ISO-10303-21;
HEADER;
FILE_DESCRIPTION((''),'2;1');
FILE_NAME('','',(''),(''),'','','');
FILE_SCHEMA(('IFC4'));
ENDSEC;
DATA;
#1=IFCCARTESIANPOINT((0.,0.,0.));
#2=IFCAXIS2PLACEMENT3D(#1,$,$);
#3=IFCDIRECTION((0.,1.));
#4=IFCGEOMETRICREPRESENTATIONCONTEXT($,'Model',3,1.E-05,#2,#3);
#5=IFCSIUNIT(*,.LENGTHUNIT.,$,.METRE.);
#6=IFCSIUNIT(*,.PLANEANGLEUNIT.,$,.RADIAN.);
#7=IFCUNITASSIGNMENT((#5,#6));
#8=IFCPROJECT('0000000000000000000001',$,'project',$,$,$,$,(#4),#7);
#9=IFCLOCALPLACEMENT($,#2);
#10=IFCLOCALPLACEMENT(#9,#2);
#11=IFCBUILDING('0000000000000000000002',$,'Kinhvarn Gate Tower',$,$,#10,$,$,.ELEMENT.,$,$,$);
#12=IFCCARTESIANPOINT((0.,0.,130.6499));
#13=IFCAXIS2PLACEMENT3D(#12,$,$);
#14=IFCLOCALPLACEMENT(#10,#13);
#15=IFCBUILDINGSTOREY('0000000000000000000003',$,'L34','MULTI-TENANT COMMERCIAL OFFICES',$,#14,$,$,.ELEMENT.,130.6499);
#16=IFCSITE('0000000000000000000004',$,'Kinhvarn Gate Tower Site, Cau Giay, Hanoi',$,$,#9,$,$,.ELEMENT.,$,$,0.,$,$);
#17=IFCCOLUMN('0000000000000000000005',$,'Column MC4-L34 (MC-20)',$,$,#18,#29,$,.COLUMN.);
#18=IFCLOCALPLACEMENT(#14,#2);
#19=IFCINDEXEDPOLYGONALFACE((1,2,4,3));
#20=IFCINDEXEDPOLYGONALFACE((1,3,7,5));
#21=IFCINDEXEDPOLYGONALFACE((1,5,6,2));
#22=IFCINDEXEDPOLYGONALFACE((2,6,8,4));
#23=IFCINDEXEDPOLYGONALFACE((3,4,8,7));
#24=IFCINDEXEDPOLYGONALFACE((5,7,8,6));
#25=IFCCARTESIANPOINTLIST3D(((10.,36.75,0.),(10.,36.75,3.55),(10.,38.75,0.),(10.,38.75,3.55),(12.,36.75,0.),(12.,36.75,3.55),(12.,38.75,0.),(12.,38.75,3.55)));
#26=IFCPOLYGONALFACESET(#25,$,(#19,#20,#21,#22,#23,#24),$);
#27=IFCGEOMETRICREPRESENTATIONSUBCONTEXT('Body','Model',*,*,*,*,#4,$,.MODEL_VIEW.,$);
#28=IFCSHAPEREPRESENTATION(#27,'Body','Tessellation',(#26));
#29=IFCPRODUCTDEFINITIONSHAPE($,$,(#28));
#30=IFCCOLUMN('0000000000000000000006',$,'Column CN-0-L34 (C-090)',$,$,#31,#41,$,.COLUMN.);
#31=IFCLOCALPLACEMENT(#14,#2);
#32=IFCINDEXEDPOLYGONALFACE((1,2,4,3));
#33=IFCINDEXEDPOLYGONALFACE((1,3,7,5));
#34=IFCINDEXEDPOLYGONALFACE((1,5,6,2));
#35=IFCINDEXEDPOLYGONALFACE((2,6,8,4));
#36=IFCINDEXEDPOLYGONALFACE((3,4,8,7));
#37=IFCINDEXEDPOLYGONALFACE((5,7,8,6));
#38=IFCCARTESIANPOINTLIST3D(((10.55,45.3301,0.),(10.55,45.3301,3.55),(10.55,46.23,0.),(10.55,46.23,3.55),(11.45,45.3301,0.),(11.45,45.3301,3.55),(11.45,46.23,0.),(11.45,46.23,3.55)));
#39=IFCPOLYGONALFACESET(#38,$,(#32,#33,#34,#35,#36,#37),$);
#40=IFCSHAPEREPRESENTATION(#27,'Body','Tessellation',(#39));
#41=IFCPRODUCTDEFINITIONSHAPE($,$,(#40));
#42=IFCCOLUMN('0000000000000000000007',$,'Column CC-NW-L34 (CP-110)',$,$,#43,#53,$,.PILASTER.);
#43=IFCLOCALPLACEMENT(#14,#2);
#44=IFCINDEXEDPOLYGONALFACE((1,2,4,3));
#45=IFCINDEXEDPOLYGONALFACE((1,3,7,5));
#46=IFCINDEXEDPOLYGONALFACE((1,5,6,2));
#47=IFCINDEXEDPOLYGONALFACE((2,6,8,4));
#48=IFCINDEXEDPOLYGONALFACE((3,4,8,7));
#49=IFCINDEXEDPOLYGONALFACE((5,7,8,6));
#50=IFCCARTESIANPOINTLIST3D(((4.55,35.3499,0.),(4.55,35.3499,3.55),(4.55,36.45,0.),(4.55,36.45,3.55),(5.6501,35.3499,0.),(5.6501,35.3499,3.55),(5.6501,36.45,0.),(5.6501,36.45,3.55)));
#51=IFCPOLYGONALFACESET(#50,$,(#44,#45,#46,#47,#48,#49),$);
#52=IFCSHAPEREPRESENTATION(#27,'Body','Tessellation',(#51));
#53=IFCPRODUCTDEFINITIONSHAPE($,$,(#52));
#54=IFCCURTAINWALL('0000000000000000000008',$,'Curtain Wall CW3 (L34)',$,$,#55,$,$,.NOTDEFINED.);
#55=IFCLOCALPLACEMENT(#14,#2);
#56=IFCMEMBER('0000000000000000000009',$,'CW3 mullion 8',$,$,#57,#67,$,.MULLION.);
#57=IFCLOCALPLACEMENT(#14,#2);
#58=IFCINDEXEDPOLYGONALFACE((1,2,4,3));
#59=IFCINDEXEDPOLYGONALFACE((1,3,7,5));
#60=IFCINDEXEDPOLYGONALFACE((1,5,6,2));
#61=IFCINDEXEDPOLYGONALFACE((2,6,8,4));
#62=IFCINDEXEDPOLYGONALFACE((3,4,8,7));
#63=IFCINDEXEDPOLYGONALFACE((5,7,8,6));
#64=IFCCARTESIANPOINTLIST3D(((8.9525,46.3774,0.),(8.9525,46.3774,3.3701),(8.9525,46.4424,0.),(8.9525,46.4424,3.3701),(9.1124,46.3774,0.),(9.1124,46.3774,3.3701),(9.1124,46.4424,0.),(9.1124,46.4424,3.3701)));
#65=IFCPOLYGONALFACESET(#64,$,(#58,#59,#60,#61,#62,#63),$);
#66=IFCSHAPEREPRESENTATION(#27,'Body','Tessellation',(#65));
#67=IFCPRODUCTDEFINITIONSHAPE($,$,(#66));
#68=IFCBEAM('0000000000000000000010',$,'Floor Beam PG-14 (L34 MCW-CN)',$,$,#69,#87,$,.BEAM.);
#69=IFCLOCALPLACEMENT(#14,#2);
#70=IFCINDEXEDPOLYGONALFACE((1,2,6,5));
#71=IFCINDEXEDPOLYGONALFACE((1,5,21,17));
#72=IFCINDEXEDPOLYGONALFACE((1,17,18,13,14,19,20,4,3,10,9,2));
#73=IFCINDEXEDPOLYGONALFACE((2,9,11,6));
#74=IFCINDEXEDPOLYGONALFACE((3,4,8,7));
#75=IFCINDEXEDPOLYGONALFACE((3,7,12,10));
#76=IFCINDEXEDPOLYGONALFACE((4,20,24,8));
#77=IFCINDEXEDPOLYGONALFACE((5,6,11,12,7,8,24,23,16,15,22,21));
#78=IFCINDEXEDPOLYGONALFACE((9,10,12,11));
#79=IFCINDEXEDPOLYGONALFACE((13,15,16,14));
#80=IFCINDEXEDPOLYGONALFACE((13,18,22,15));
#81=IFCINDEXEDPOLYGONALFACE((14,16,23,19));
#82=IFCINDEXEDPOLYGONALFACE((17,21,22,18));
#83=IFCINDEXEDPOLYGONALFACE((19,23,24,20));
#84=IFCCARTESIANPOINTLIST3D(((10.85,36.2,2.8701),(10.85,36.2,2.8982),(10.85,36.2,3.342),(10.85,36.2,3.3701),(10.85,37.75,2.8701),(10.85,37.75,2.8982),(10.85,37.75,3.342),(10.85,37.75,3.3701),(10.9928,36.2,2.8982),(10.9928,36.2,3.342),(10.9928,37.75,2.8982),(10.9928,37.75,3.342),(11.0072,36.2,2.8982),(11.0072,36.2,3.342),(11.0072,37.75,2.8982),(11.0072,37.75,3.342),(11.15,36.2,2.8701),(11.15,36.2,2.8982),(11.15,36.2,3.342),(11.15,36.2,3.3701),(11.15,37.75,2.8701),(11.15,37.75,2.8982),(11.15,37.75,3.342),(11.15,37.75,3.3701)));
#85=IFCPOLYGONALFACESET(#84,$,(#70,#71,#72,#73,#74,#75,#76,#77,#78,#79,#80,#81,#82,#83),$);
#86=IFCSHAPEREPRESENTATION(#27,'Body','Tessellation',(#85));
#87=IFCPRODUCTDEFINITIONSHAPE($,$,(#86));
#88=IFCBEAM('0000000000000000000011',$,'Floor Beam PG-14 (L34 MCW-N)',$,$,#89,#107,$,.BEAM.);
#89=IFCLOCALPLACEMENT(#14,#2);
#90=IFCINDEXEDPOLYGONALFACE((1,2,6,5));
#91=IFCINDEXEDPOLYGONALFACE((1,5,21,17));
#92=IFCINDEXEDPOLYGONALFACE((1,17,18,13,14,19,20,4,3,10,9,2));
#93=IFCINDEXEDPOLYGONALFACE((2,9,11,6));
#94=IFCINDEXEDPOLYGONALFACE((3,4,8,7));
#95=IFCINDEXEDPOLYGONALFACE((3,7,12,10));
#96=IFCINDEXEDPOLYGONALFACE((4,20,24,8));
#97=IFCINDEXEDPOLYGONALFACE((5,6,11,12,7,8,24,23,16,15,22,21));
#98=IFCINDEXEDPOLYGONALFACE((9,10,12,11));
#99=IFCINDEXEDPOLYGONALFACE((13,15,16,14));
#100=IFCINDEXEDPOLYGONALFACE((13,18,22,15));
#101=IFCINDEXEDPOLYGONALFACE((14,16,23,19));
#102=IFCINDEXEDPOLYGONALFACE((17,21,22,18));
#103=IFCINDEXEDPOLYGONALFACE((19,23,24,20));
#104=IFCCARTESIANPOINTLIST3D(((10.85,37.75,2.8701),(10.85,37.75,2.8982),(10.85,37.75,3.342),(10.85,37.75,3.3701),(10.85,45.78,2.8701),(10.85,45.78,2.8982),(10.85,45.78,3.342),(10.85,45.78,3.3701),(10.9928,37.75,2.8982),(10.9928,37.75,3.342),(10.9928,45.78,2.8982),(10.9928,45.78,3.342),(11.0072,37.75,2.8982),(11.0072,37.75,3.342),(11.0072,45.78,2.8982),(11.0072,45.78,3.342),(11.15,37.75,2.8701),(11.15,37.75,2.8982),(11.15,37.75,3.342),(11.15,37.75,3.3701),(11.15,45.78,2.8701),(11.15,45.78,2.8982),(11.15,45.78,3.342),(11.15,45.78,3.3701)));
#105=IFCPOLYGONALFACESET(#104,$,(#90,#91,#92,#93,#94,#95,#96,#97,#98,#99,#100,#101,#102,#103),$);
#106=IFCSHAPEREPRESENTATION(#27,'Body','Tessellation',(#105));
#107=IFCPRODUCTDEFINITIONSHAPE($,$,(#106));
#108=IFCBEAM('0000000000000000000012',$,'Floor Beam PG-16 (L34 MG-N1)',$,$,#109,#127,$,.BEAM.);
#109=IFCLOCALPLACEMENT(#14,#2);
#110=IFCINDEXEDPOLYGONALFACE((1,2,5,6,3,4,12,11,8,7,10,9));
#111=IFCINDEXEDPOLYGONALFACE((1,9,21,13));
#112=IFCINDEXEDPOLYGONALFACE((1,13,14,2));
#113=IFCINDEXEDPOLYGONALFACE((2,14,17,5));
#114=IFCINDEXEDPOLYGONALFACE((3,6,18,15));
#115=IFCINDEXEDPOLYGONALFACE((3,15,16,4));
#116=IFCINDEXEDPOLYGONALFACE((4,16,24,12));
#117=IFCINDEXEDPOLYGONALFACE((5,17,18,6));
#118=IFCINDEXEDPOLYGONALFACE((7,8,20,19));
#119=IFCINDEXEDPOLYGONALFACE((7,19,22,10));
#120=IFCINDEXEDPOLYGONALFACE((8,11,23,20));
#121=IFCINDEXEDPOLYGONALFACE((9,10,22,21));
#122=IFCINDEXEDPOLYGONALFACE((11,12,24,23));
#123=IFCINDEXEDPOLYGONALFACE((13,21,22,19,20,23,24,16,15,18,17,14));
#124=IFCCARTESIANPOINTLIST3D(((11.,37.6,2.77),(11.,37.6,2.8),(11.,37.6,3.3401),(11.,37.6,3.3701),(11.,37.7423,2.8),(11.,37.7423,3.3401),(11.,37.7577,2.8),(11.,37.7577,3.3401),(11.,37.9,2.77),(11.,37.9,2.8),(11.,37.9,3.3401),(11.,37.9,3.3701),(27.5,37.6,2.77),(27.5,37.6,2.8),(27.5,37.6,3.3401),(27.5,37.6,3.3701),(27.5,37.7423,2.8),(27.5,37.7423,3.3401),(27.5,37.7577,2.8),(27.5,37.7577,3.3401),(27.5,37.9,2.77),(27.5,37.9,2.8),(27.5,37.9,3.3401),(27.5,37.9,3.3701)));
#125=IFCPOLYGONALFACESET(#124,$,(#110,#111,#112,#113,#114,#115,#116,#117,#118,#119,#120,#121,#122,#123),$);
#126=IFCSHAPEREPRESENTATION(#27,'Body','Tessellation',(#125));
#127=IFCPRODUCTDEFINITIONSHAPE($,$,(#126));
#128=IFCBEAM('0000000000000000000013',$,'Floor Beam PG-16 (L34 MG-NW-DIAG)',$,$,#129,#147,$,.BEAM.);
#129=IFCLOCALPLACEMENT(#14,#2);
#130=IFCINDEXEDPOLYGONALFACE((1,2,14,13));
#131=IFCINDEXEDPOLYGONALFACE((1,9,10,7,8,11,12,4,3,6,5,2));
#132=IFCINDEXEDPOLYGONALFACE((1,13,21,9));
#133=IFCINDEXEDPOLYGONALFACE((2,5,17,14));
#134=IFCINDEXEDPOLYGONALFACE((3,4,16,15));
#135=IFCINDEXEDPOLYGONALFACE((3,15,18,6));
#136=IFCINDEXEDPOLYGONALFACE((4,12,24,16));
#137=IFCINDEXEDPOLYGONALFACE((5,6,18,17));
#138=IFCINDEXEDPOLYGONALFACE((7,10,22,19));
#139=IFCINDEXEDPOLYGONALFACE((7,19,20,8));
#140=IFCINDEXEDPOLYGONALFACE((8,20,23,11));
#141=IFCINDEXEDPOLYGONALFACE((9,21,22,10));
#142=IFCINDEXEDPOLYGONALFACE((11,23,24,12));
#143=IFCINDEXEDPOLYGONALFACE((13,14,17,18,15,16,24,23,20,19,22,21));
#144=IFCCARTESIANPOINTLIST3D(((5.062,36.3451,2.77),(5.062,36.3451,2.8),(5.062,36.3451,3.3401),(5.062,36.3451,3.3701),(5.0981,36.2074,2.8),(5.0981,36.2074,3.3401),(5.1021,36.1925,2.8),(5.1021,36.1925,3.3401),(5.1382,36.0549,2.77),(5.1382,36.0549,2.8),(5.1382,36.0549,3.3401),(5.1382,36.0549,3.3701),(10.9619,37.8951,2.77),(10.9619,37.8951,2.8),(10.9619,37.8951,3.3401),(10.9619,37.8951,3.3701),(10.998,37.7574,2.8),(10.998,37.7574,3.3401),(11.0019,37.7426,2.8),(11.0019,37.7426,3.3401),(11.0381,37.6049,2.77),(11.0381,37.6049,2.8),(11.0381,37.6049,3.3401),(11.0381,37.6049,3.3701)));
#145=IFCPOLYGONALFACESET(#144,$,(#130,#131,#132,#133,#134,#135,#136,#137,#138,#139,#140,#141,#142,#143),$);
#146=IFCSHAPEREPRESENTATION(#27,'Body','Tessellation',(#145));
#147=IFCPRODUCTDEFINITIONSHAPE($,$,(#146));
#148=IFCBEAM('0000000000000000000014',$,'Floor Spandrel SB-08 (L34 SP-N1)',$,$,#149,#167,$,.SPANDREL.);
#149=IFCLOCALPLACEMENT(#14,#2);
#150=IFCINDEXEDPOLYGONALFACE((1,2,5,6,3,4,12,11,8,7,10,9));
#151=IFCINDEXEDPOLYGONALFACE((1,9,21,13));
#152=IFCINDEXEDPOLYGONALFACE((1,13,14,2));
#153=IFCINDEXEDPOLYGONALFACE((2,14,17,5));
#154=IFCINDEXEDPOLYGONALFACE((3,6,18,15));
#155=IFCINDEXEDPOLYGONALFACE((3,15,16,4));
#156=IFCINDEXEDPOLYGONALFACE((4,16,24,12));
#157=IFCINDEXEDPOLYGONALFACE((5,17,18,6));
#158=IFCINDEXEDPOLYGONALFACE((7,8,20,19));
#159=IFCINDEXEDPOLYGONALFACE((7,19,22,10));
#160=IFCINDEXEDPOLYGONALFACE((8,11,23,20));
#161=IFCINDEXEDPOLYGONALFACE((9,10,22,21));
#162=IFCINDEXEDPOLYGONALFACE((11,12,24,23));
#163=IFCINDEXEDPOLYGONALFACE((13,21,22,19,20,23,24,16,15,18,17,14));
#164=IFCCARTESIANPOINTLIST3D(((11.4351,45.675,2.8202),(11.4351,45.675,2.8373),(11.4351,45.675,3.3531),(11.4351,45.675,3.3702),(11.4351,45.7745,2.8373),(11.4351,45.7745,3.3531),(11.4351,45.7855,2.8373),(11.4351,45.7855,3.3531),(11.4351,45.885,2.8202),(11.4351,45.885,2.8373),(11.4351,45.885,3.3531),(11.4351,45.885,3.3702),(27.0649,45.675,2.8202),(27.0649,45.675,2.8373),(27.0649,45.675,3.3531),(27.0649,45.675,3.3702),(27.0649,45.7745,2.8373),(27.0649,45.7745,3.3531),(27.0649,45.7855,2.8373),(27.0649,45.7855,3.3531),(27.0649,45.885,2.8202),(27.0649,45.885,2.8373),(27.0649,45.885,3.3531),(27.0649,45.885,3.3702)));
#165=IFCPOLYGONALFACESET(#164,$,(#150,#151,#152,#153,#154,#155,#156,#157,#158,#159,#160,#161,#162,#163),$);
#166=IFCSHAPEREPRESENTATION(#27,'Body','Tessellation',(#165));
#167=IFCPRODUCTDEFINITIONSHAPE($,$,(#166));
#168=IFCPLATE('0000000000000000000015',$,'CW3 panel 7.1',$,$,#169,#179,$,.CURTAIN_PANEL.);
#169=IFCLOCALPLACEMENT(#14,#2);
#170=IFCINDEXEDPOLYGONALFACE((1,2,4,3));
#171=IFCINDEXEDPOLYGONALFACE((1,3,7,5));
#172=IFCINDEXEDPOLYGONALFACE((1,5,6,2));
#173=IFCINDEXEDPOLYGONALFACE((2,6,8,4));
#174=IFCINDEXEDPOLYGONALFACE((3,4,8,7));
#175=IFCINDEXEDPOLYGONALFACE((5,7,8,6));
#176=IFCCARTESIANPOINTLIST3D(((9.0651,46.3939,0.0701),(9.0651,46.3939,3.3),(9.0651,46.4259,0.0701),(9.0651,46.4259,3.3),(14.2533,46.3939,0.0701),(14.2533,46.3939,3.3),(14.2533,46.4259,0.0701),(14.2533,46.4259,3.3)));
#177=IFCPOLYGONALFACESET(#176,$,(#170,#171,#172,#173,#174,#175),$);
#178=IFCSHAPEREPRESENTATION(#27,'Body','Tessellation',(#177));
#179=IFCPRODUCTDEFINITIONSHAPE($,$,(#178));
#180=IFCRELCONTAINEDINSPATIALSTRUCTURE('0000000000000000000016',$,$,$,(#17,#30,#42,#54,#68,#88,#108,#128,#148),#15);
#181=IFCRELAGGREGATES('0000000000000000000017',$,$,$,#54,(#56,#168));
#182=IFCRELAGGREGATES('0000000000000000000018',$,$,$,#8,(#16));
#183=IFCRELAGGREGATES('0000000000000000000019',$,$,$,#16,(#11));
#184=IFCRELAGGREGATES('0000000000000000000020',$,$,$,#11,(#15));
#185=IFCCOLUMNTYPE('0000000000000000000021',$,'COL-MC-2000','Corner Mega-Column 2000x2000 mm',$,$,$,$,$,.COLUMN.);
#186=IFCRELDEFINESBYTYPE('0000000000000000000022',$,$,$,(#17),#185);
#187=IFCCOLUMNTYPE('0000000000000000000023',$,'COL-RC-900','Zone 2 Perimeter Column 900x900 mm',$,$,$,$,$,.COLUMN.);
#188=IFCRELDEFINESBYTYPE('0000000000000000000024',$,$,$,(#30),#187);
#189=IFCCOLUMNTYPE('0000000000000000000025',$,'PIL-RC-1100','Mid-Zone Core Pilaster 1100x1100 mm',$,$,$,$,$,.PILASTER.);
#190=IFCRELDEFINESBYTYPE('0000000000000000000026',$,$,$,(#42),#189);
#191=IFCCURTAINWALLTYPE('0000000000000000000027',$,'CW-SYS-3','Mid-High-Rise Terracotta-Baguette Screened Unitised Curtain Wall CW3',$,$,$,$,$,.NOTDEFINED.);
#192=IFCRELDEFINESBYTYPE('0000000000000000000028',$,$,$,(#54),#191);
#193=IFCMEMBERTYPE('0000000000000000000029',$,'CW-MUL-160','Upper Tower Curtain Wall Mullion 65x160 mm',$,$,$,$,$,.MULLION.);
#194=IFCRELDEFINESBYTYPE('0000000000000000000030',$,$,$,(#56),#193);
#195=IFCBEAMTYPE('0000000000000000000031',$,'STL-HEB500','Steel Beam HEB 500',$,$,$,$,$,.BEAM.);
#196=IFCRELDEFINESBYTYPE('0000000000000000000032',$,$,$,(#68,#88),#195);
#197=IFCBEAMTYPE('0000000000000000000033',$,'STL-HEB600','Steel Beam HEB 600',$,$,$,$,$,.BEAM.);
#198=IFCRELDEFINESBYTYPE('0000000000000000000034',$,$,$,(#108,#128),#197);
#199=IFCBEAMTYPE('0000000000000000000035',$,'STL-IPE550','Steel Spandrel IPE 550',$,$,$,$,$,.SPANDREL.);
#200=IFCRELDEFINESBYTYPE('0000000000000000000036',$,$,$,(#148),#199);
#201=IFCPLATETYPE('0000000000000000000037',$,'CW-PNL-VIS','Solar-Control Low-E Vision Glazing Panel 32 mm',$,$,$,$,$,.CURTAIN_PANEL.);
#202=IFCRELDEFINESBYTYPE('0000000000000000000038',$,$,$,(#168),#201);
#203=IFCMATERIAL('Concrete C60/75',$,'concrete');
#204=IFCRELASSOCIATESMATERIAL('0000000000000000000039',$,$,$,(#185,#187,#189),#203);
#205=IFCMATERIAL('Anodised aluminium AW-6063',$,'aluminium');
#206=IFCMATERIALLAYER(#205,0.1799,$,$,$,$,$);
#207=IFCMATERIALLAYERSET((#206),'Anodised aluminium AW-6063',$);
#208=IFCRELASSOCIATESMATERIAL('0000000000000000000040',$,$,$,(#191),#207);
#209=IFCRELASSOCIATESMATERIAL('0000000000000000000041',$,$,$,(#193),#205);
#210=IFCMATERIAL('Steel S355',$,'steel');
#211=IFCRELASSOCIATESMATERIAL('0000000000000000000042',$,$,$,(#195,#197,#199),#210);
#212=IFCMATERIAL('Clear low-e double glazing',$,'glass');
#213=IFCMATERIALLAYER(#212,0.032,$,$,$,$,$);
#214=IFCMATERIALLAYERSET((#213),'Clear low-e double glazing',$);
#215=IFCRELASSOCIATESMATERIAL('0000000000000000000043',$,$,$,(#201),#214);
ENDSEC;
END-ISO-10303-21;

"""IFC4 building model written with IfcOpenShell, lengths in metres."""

from ifc_helpers import new_model, si_unit, direction, frame, origin, origin_2d, place, context, subcontext, project, spatial, rectangle, i_section, extrude, material, layer, layer_set, material_profile, profile_set, type_object, element, aggregate, save


model = new_model("IFC4")

# Units and contexts
model_context = context("Model", 3, precision=1e-05, world=origin(), true_north=direction((0.0, 1.0)))
body_context = subcontext(model_context, "Body", "Model", "MODEL_VIEW")
ifc_project = project(units=[si_unit("LENGTHUNIT", "METRE"), si_unit("PLANEANGLEUNIT", "RADIAN")], contexts=[model_context])

# Site, building, storey
site_placement = place(None, origin())
site = spatial("IfcSite", under=ifc_project, at=site_placement, Name="Kinhvarn Gate Tower Site, Cau Giay, Hanoi", CompositionType="ELEMENT", RefElevation=0.0)
building_placement = place(site_placement, origin())
building = spatial("IfcBuilding", under=site, at=building_placement, Name="Kinhvarn Gate Tower", CompositionType="ELEMENT")
storey_placement = place(building_placement, frame((0.0, 0.0, 130.6499)))
storey = spatial("IfcBuildingStorey", under=building, at=storey_placement, Name="L34", Description="MULTI-TENANT COMMERCIAL OFFICES", CompositionType="ELEMENT", Elevation=130.6499)

# Columns
ifc_material_1 = material(Name="Concrete C60/75", Category="concrete")
ifc_material_profile_1 = material_profile(ifc_material_1, rectangle(XDim=2.0, YDim=2.0, at=origin_2d()), Name="RC 2000x2000")
ifc_profile_set_1 = profile_set([ifc_material_profile_1], Name="Concrete C60/75")
column_type_1 = type_object("IfcColumnType", Name="COL-MC-2000", Description="Corner Mega-Column 2000x2000 mm", PredefinedType="COLUMN", material=ifc_profile_set_1)
column_1_placement = place(storey_placement, frame((11.0, 37.75, 0.0), z_axis=(0.0, 0.0, 1.0), x_axis=(1.0, 0.0, 0.0)))
element("IfcColumn", 1, at=column_1_placement, inside=storey, type_object=column_type_1, Name="Column MC4-L34 (MC-20)", PredefinedType="COLUMN", context=body_context, shape_type="SweptSolid", body=[
    extrude(rectangle(XDim=2.0, YDim=2.0, at=origin_2d()), origin(), (0.0, 0.0, 1.0), 3.55),
])
ifc_material_profile_2 = material_profile(ifc_material_1, rectangle(XDim=0.8999, YDim=0.8999, at=origin_2d()), Name="RC 900x900")
ifc_profile_set_2 = profile_set([ifc_material_profile_2], Name="Concrete C60/75")
column_type_2 = type_object("IfcColumnType", Name="COL-RC-900", Description="Zone 2 Perimeter Column 900x900 mm", PredefinedType="COLUMN", material=ifc_profile_set_2)
column_2_placement = place(storey_placement, frame((11.0, 45.78, 0.0), z_axis=(0.0, 0.0, 1.0), x_axis=(1.0, 0.0, 0.0)))
element("IfcColumn", 2, at=column_2_placement, inside=storey, type_object=column_type_2, Name="Column CN-0-L34 (C-090)", PredefinedType="COLUMN", context=body_context, shape_type="SweptSolid", body=[
    extrude(rectangle(XDim=0.8999, YDim=0.8999, at=origin_2d()), origin(), (0.0, 0.0, 1.0), 3.55),
])
ifc_material_profile_3 = material_profile(ifc_material_1, rectangle(XDim=1.1001, YDim=1.1001, at=origin_2d()), Name="RC 1100x1100")
ifc_profile_set_3 = profile_set([ifc_material_profile_3], Name="Concrete C60/75")
column_type_3 = type_object("IfcColumnType", Name="PIL-RC-1100", Description="Mid-Zone Core Pilaster 1100x1100 mm", PredefinedType="PILASTER", material=ifc_profile_set_3)
column_3_placement = place(storey_placement, frame((5.1001, 35.8999, 0.0), z_axis=(0.0, 0.0, 1.0), x_axis=(1.0, 0.0, 0.0)))
element("IfcColumn", 3, at=column_3_placement, inside=storey, type_object=column_type_3, Name="Column CC-NW-L34 (CP-110)", PredefinedType="PILASTER", context=body_context, shape_type="SweptSolid", body=[
    extrude(rectangle(XDim=1.1001, YDim=1.1001, at=origin_2d()), origin(), (0.0, 0.0, 1.0), 3.55),
])

# Curtain wall, member
ifc_material_2 = material(Name="Anodised aluminium AW-6063", Category="aluminium")
ifc_layer_1 = layer(ifc_material_2, 0.1799)
ifc_layer_set_1 = layer_set([ifc_layer_1], Name="Anodised aluminium AW-6063")
curtain_wall_type = type_object("IfcCurtainWallType", Name="CW-SYS-3", Description="Mid-High-Rise Terracotta-Baguette Screened Unitised Curtain Wall CW3", PredefinedType="NOTDEFINED", material=ifc_layer_set_1)
curtain_wall_placement = place(storey_placement, origin())
curtain_wall = element("IfcCurtainWall", 4, at=curtain_wall_placement, inside=storey, type_object=curtain_wall_type, Name="Curtain Wall CW3 (L34)", PredefinedType="NOTDEFINED")
ifc_material_profile_4 = material_profile(ifc_material_2, rectangle(XDim=0.0649, YDim=0.1599, at=origin_2d()), Name="ALU 65x160")
ifc_profile_set_4 = profile_set([ifc_material_profile_4], Name="Anodised aluminium AW-6063")
member_type = type_object("IfcMemberType", Name="CW-MUL-160", Description="Upper Tower Curtain Wall Mullion 65x160 mm", PredefinedType="MULLION", material=ifc_profile_set_4)
member_placement = place(storey_placement, frame((9.0325, 46.4099, 0.0), z_axis=(0.0, 0.0, 1.0), x_axis=(0.0, -1.0, 0.0)))
member = element("IfcMember", 5, at=member_placement, type_object=member_type, Name="CW3 mullion 8", PredefinedType="MULLION", context=body_context, shape_type="SweptSolid", body=[
    extrude(rectangle(XDim=0.0649, YDim=0.1599, at=origin_2d()), origin(), (0.0, 0.0, 1.0), 3.3701),
])

# Beams
ifc_material_3 = material(Name="Steel S355", Category="steel")
ifc_material_profile_5 = material_profile(ifc_material_3, i_section(OverallWidth=0.3, OverallDepth=0.5, WebThickness=0.0144, FlangeThickness=0.0281, at=origin_2d()), Name="HEB 500")
ifc_profile_set_5 = profile_set([ifc_material_profile_5], Name="Steel S355")
beam_type_1 = type_object("IfcBeamType", Name="STL-HEB500", Description="Steel Beam HEB 500", PredefinedType="BEAM", material=ifc_profile_set_5)
beam_1_placement = place(storey_placement, frame((11.0, 36.2, 3.1201), z_axis=(0.0, 1.0, 0.0), x_axis=(-1.0, 0.0, 0.0)))
element("IfcBeam", 6, at=beam_1_placement, inside=storey, type_object=beam_type_1, Name="Floor Beam PG-14 (L34 MCW-CN)", PredefinedType="BEAM", context=body_context, shape_type="SweptSolid", body=[
    extrude(i_section(OverallWidth=0.3, OverallDepth=0.5, WebThickness=0.0144, FlangeThickness=0.0281, at=origin_2d()), origin(), (0.0, 0.0, 1.0), 1.55),
])
beam_2_placement = place(storey_placement, frame((11.0, 37.75, 3.1201), z_axis=(0.0, 1.0, 0.0), x_axis=(-1.0, 0.0, 0.0)))
element("IfcBeam", 7, at=beam_2_placement, inside=storey, type_object=beam_type_1, Name="Floor Beam PG-14 (L34 MCW-N)", PredefinedType="BEAM", context=body_context, shape_type="SweptSolid", body=[
    extrude(i_section(OverallWidth=0.3, OverallDepth=0.5, WebThickness=0.0144, FlangeThickness=0.0281, at=origin_2d()), origin(), (0.0, 0.0, 1.0), 8.03),
])
ifc_material_profile_6 = material_profile(ifc_material_3, i_section(OverallWidth=0.3, OverallDepth=0.6001, WebThickness=0.0154, FlangeThickness=0.03, at=origin_2d()), Name="HEB 600")
ifc_profile_set_6 = profile_set([ifc_material_profile_6], Name="Steel S355")
beam_type_2 = type_object("IfcBeamType", Name="STL-HEB600", Description="Steel Beam HEB 600", PredefinedType="BEAM", material=ifc_profile_set_6)
beam_3_placement = place(storey_placement, frame((11.0, 37.75, 3.0701), z_axis=(1.0, 0.0, 0.0), x_axis=(0.0, 1.0, 0.0)))
element("IfcBeam", 8, at=beam_3_placement, inside=storey, type_object=beam_type_2, Name="Floor Beam PG-16 (L34 MG-N1)", PredefinedType="BEAM", context=body_context, shape_type="SweptSolid", body=[
    extrude(i_section(OverallWidth=0.3, OverallDepth=0.6001, WebThickness=0.0154, FlangeThickness=0.03, at=origin_2d()), origin(), (0.0, 0.0, 1.0), 16.5),
])
beam_4_placement = place(storey_placement, frame((5.1001, 36.2, 3.0701), z_axis=(0.967178, 0.254101, 0.0), x_axis=(-0.254101, 0.967178, 0.0)))
element("IfcBeam", 9, at=beam_4_placement, inside=storey, type_object=beam_type_2, Name="Floor Beam PG-16 (L34 MG-NW-DIAG)", PredefinedType="BEAM", context=body_context, shape_type="SweptSolid", body=[
    extrude(i_section(OverallWidth=0.3, OverallDepth=0.6001, WebThickness=0.0154, FlangeThickness=0.03, at=origin_2d()), origin(), (0.0, 0.0, 1.0), 6.1001),
])
ifc_material_profile_7 = material_profile(ifc_material_3, i_section(OverallWidth=0.21, OverallDepth=0.55, WebThickness=0.011, FlangeThickness=0.0171, at=origin_2d()), Name="IPE 550")
ifc_profile_set_7 = profile_set([ifc_material_profile_7], Name="Steel S355")
beam_type_3 = type_object("IfcBeamType", Name="STL-IPE550", Description="Steel Spandrel IPE 550", PredefinedType="SPANDREL", material=ifc_profile_set_7)
beam_5_placement = place(storey_placement, frame((11.4351, 45.78, 3.0952), z_axis=(1.0, 0.0, 0.0), x_axis=(0.0, 1.0, 0.0)))
element("IfcBeam", 10, at=beam_5_placement, inside=storey, type_object=beam_type_3, Name="Floor Spandrel SB-08 (L34 SP-N1)", PredefinedType="SPANDREL", context=body_context, shape_type="SweptSolid", body=[
    extrude(i_section(OverallWidth=0.21, OverallDepth=0.55, WebThickness=0.011, FlangeThickness=0.0171, at=origin_2d()), origin(), (0.0, 0.0, 1.0), 15.6299),
])

# Plate
ifc_material_4 = material(Name="Clear low-e double glazing", Category="glass")
ifc_layer_2 = layer(ifc_material_4, 0.032)
ifc_layer_set_2 = layer_set([ifc_layer_2], Name="Clear low-e double glazing")
plate_type = type_object("IfcPlateType", Name="CW-PNL-VIS", Description="Solar-Control Low-E Vision Glazing Panel 32 mm", PredefinedType="CURTAIN_PANEL", material=ifc_layer_set_2)
plate_placement = place(storey_placement, frame((11.6592, 46.4099, 0.0701), z_axis=(0.0, 0.0, 1.0), x_axis=(-1.0, 0.0, 0.0)))
plate = element("IfcPlate", 11, at=plate_placement, type_object=plate_type, Name="CW3 panel 7.1", PredefinedType="CURTAIN_PANEL", context=body_context, shape_type="SweptSolid", body=[
    extrude(rectangle(XDim=5.1882, YDim=0.032, at=origin_2d()), origin(), (0.0, 0.0, 1.0), 3.23),
])
aggregate(curtain_wall, [member, plate])

save(model, "model.ifc")
